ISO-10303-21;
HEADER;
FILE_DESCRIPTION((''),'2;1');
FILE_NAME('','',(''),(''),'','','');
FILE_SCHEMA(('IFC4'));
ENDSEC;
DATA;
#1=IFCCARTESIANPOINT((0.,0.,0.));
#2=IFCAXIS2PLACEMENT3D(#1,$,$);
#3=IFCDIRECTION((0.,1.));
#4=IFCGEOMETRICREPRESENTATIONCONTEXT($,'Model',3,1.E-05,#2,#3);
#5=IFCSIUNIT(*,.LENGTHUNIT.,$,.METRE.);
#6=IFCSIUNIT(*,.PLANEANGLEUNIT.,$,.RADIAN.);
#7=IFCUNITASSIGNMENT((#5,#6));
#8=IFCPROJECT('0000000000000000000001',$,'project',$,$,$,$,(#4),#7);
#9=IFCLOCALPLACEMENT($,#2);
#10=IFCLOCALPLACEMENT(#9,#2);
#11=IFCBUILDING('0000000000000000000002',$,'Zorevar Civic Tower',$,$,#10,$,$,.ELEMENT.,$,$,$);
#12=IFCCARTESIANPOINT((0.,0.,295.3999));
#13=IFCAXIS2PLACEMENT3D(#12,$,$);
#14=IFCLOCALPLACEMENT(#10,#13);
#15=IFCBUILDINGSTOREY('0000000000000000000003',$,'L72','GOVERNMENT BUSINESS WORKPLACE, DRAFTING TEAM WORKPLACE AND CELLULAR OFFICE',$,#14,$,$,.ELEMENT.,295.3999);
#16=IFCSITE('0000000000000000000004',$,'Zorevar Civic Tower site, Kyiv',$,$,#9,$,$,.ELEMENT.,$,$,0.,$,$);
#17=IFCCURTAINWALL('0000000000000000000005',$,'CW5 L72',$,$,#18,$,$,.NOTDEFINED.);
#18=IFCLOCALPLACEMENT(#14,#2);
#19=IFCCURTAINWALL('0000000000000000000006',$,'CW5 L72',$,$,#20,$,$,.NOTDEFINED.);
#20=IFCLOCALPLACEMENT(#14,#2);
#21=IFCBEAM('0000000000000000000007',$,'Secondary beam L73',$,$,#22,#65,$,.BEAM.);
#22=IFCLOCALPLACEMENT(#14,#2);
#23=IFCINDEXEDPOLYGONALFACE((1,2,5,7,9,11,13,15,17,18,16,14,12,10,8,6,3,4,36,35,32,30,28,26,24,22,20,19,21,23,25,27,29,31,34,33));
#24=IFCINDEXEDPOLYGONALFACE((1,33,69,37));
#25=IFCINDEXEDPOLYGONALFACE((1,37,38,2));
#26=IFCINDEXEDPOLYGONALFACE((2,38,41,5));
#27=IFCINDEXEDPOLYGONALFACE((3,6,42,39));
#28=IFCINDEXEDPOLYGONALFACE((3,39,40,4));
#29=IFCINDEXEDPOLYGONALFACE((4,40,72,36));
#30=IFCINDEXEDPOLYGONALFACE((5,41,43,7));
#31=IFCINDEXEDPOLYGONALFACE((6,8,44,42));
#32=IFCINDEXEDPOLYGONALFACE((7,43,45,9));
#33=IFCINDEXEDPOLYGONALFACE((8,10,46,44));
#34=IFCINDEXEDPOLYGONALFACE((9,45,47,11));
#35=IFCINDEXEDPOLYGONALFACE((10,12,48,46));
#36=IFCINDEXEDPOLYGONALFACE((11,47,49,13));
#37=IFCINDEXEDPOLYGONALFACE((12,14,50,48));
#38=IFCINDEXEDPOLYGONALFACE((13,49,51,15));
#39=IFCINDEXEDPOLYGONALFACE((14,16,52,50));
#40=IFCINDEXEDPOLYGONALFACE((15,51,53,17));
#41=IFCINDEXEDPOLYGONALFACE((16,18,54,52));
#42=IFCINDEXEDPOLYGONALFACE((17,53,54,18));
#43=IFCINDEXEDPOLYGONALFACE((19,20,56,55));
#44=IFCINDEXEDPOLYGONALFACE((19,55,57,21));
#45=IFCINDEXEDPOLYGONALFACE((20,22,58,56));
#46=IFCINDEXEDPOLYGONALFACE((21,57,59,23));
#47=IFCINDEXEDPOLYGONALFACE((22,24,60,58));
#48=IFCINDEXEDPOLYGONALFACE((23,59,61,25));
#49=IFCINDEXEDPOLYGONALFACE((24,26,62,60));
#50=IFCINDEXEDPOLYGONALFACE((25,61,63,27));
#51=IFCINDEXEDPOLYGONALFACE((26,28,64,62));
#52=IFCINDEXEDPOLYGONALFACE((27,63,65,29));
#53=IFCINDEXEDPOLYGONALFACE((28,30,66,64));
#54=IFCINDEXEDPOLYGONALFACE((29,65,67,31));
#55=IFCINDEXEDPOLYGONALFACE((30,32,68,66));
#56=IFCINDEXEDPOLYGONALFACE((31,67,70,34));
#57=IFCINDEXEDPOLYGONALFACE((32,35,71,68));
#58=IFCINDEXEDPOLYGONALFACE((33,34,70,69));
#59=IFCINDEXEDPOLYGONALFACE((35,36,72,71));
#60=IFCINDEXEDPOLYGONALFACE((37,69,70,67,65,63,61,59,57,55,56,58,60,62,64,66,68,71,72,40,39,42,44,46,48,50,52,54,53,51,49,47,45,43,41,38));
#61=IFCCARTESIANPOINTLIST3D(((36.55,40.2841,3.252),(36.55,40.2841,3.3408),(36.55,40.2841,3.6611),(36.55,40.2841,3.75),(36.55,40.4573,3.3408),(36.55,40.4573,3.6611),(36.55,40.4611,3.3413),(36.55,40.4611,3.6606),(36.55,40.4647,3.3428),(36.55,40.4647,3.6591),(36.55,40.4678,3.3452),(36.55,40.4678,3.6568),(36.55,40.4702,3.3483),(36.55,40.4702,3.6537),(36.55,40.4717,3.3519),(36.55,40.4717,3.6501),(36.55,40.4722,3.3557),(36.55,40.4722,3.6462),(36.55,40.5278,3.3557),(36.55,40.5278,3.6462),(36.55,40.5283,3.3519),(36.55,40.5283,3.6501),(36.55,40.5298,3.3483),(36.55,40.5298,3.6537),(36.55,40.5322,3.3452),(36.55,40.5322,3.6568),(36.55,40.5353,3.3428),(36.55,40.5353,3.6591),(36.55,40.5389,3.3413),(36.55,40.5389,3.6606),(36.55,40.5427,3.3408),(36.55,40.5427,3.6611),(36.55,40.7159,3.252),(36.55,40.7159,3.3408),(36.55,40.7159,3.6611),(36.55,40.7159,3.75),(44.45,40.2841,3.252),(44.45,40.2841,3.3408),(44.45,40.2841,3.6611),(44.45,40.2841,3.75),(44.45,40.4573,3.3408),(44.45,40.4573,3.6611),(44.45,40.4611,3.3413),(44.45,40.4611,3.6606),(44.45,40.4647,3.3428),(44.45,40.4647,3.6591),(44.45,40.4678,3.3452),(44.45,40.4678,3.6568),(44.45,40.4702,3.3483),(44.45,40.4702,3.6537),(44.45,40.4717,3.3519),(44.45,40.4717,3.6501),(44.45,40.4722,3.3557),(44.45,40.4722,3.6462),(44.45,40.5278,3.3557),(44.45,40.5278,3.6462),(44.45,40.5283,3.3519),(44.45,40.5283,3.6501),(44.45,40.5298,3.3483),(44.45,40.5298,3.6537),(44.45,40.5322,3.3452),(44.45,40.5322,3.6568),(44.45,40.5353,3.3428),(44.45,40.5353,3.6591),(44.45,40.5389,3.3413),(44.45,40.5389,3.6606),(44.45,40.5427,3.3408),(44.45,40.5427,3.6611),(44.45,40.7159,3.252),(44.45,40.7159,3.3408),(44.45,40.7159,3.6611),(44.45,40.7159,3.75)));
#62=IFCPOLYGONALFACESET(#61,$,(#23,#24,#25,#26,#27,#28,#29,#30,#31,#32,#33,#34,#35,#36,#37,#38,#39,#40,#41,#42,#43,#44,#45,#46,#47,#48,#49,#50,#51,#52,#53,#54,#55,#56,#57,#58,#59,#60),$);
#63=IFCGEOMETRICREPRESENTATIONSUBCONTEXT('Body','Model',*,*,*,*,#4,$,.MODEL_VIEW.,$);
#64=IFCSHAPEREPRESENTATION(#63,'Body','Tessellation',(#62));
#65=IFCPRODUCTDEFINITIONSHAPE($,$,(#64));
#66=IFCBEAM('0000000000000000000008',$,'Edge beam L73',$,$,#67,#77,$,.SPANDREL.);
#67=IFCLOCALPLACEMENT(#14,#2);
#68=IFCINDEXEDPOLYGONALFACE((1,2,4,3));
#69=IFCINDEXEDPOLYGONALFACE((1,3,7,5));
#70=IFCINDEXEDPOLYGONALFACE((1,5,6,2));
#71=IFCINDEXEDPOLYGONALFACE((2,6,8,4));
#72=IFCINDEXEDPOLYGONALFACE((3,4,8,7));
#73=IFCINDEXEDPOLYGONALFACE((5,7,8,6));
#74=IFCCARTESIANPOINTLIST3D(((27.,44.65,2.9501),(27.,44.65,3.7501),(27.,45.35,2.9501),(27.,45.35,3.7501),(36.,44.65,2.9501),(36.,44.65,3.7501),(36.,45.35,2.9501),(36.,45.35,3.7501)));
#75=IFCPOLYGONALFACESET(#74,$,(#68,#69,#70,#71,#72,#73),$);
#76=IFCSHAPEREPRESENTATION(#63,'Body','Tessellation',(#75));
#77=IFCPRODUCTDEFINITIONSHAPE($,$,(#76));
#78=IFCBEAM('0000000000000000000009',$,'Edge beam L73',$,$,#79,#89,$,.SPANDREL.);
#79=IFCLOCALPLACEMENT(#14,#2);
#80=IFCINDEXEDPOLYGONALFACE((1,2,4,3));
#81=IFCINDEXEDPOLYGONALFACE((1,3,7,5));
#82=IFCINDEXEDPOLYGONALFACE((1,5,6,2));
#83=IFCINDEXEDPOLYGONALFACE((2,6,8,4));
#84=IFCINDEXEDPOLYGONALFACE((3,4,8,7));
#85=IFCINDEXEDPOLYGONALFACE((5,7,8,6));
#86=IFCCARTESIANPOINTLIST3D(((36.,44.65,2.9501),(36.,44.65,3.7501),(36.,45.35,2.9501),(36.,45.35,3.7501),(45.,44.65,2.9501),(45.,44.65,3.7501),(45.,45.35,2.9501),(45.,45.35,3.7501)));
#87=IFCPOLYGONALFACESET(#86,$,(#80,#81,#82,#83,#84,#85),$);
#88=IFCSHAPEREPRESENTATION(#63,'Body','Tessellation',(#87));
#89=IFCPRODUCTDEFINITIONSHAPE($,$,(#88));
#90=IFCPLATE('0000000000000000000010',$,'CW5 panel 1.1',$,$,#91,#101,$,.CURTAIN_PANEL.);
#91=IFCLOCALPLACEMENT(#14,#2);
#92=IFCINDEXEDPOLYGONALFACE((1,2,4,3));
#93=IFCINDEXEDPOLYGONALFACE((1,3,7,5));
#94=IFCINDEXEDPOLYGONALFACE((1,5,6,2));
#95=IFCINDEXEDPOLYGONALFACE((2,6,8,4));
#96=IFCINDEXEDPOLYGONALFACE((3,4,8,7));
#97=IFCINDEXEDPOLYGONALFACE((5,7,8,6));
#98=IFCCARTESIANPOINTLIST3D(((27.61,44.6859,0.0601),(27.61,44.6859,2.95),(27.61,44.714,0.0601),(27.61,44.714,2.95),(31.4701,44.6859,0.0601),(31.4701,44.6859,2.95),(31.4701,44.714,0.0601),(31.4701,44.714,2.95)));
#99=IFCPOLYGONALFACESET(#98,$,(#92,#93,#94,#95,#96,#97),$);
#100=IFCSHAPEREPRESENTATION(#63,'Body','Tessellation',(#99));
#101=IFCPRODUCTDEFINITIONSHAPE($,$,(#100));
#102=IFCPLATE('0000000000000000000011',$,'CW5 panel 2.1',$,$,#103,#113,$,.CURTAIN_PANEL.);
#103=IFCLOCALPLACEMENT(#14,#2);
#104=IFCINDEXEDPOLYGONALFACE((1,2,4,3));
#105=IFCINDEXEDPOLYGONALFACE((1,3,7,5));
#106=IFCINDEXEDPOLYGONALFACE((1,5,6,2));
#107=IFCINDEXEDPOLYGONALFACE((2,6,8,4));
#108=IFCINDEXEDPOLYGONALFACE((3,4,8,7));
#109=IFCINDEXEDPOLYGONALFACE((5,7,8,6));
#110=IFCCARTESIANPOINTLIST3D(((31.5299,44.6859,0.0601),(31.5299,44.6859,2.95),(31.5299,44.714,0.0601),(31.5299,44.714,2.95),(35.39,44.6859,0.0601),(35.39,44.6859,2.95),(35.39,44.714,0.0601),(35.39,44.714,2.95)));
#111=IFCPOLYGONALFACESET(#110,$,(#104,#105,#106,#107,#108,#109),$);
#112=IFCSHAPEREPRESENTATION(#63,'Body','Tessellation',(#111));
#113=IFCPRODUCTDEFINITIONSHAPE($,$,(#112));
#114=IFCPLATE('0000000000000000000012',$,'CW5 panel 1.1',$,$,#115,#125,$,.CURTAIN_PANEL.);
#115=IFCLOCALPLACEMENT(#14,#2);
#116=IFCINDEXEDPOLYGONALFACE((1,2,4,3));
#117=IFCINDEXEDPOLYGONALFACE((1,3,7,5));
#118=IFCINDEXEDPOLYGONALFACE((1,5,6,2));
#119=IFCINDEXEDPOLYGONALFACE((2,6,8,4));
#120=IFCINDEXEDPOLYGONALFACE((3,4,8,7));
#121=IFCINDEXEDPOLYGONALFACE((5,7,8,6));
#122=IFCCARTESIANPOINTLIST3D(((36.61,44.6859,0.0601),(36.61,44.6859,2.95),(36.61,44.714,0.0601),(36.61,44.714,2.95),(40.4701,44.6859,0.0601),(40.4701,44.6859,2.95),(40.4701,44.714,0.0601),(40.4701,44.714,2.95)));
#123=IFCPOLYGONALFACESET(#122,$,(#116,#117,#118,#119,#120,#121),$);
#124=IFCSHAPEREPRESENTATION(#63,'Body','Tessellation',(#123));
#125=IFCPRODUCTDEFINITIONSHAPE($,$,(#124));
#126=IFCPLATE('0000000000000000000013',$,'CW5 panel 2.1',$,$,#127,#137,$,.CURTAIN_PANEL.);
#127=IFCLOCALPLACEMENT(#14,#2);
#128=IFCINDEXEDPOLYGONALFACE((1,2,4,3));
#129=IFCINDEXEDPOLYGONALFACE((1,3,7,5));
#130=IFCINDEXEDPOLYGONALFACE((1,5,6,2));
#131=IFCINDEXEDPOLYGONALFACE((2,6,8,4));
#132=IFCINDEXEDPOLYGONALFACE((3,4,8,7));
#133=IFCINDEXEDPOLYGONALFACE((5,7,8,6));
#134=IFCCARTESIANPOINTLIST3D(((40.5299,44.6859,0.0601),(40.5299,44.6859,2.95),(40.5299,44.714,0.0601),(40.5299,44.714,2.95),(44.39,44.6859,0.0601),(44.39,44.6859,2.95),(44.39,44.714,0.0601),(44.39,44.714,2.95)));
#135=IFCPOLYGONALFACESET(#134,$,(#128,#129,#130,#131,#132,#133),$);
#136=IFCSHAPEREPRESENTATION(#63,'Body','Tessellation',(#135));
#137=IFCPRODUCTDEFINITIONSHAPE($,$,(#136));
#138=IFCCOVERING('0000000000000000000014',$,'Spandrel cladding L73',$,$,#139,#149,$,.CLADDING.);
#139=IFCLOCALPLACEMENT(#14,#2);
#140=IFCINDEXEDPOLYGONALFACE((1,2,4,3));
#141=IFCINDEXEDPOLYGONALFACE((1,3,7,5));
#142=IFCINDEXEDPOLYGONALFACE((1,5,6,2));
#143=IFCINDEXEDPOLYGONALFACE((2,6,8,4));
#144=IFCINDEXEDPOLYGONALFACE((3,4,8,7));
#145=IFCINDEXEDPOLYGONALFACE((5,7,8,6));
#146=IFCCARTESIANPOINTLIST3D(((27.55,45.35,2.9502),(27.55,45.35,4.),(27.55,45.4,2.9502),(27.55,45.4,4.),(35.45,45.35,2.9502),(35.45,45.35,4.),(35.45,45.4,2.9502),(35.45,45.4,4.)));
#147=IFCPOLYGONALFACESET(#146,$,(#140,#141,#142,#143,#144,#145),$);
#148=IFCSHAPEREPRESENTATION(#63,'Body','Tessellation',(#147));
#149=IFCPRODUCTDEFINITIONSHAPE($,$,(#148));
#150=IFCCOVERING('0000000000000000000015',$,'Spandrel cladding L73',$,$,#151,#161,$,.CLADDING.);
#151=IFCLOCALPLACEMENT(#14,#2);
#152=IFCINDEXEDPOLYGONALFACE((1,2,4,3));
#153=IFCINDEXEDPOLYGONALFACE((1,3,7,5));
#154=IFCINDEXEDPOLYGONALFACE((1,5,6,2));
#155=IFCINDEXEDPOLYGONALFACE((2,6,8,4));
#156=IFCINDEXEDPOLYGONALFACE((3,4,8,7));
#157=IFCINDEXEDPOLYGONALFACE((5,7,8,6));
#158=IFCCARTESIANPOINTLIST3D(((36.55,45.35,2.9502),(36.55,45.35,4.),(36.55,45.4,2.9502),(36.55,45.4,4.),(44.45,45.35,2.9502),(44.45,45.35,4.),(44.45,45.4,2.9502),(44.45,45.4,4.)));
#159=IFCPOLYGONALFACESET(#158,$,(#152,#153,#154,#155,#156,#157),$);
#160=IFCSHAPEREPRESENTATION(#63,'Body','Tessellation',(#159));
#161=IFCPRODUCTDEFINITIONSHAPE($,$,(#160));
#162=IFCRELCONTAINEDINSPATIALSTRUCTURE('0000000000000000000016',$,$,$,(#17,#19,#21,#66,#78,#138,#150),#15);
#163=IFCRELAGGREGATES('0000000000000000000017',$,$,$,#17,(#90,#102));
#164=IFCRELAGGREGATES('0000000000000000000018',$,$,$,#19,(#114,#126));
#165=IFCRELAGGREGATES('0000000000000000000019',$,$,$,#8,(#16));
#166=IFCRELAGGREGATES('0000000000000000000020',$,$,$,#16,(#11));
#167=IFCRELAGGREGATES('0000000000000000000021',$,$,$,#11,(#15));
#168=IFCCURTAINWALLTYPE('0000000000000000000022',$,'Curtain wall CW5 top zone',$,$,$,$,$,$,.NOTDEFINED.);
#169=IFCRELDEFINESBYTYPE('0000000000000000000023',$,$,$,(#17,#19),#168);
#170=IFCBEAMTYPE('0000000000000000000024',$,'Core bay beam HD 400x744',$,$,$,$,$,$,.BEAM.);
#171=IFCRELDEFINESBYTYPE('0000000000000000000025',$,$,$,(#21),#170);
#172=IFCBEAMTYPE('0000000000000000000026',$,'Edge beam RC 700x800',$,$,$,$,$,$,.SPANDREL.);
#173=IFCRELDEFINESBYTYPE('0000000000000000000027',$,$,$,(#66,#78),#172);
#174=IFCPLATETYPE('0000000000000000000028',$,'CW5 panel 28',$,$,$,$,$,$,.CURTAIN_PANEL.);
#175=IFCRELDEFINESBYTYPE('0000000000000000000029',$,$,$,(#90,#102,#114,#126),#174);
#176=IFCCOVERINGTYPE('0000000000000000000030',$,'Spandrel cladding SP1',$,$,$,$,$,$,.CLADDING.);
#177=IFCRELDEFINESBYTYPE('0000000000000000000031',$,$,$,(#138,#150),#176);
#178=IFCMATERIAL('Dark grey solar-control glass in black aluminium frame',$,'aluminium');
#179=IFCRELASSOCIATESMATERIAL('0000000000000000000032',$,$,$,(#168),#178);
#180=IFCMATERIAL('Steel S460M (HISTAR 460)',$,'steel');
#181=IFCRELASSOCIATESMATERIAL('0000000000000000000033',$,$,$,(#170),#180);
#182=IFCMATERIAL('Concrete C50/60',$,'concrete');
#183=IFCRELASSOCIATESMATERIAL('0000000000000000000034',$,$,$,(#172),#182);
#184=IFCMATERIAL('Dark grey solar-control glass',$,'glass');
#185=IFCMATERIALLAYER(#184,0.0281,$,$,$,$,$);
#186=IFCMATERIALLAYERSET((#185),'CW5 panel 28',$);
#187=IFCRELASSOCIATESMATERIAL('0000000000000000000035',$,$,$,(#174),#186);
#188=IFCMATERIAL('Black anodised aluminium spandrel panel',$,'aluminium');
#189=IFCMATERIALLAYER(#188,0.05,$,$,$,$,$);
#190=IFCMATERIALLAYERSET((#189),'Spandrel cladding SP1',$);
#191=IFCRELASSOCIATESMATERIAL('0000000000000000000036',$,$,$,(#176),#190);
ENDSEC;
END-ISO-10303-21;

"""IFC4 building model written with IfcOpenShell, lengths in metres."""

from ifc_helpers import new_model, si_unit, direction, frame, frame_2d, origin, origin_2d, place, context, subcontext, project, spatial, rectangle, i_section, extrude, material, layer, layer_set, material_profile, profile_set, type_object, element, aggregate, save


model = new_model("IFC4")

# Units and contexts
model_context = context("Model", 3, precision=1e-05, world=origin(), true_north=direction((0.0, 1.0)))
body_context = subcontext(model_context, "Body", "Model", "MODEL_VIEW")
ifc_project = project(units=[si_unit("LENGTHUNIT", "METRE"), si_unit("PLANEANGLEUNIT", "RADIAN")], contexts=[model_context])

# Site, building, storey
site_placement = place(None, origin())
site = spatial("IfcSite", under=ifc_project, at=site_placement, Name="Zorevar Civic Tower site, Kyiv", CompositionType="ELEMENT", RefElevation=0.0)
building_placement = place(site_placement, origin())
building = spatial("IfcBuilding", under=site, at=building_placement, Name="Zorevar Civic Tower", CompositionType="ELEMENT")
storey_placement = place(building_placement, frame((0.0, 0.0, 295.3999)))
storey = spatial("IfcBuildingStorey", under=building, at=storey_placement, Name="L72", Description="GOVERNMENT BUSINESS WORKPLACE, DRAFTING TEAM WORKPLACE AND CELLULAR OFFICE", CompositionType="ELEMENT", Elevation=295.3999)

# Curtain walls
ifc_material_1 = material(Name="Dark grey solar-control glass in black aluminium frame", Category="aluminium")
curtain_wall_type = type_object("IfcCurtainWallType", Name="Curtain wall CW5 top zone", PredefinedType="NOTDEFINED", material=ifc_material_1)
curtain_wall_1_placement = place(storey_placement, origin())
curtain_wall_1 = element("IfcCurtainWall", 1, at=curtain_wall_1_placement, inside=storey, type_object=curtain_wall_type, Name="CW5 L72", PredefinedType="NOTDEFINED")
curtain_wall_2_placement = place(storey_placement, origin())
curtain_wall_2 = element("IfcCurtainWall", 2, at=curtain_wall_2_placement, inside=storey, type_object=curtain_wall_type, Name="CW5 L72", PredefinedType="NOTDEFINED")

# Beams
ifc_material_2 = material(Name="Steel S460M (HISTAR 460)", Category="steel")
ifc_material_profile_1 = material_profile(ifc_material_2, i_section(OverallWidth=0.4319, OverallDepth=0.498, WebThickness=0.0557, FlangeThickness=0.0889, FilletRadius=0.0149, at=origin_2d()), Name="HD 400x744")
ifc_profile_set_1 = profile_set([ifc_material_profile_1], Name="Steel S460M (HISTAR 460)")
beam_type_1 = type_object("IfcBeamType", Name="Core bay beam HD 400x744", PredefinedType="BEAM", material=ifc_profile_set_1)
beam_placement = place(storey_placement, frame((36.55, 40.5, 3.501), z_axis=(1.0, 0.0, 0.0), x_axis=(0.0, 1.0, 0.0)))
element("IfcBeam", 3, at=beam_placement, inside=storey, type_object=beam_type_1, Name="Secondary beam L73", PredefinedType="BEAM", context=body_context, shape_type="SweptSolid", body=[
    extrude(i_section(OverallWidth=0.4319, OverallDepth=0.498, WebThickness=0.0557, FlangeThickness=0.0889, FilletRadius=0.0149, at=origin_2d()), origin(), (0.0, 0.0, 1.0), 7.8999),
])
ifc_material_3 = material(Name="Concrete C50/60", Category="concrete")
ifc_material_profile_2 = material_profile(ifc_material_3, rectangle(XDim=0.7, YDim=0.8, at=origin_2d()), Name="RC 700x800")
ifc_profile_set_2 = profile_set([ifc_material_profile_2], Name="Concrete C50/60")
beam_type_2 = type_object("IfcBeamType", Name="Edge beam RC 700x800", PredefinedType="SPANDREL", material=ifc_profile_set_2)
for number, where, z_axis, x_axis, name in (
    (4, (27.0, 45.0, 3.3501), (1.0, 0.0, 0.0), (0.0, 1.0, 0.0), "Edge beam L73"),
    (5, (36.0, 45.0, 3.3501), (1.0, 0.0, 0.0), (0.0, 1.0, 0.0), "Edge beam L73"),
):
    element("IfcBeam", number, at=place(storey_placement, frame(where, z_axis=z_axis, x_axis=x_axis)), inside=storey, type_object=beam_type_2, Name=name, PredefinedType="SPANDREL", context=body_context, shape_type="SweptSolid", body=[
        extrude(rectangle(XDim=0.7, YDim=0.8, at=origin_2d()), origin(), (0.0, 0.0, 1.0), 9.0),
    ])

# Plates
ifc_material_4 = material(Name="Dark grey solar-control glass", Category="glass")
ifc_layer_1 = layer(ifc_material_4, 0.0281)
ifc_layer_set_1 = layer_set([ifc_layer_1], Name="CW5 panel 28")
plate_type = type_object("IfcPlateType", Name="CW5 panel 28", PredefinedType="CURTAIN_PANEL", material=ifc_layer_set_1)
plate_1_placement = place(storey_placement, frame((29.54, 44.7, 0.0601), z_axis=(0.0, 0.0, 1.0), x_axis=(1.0, 0.0, 0.0)))
plate_1 = element("IfcPlate", 6, at=plate_1_placement, type_object=plate_type, Name="CW5 panel 1.1", PredefinedType="CURTAIN_PANEL", context=body_context, shape_type="SweptSolid", body=[
    extrude(rectangle(XDim=3.8601, YDim=0.0281, at=origin_2d()), origin(), (0.0, 0.0, 1.0), 2.8899),
])
plate_2_placement = place(storey_placement, frame((33.46, 44.7, 0.0601), z_axis=(0.0, 0.0, 1.0), x_axis=(1.0, 0.0, 0.0)))
plate_2 = element("IfcPlate", 7, at=plate_2_placement, type_object=plate_type, Name="CW5 panel 2.1", PredefinedType="CURTAIN_PANEL", context=body_context, shape_type="SweptSolid", body=[
    extrude(rectangle(XDim=3.8601, YDim=0.0281, at=origin_2d()), origin(), (0.0, 0.0, 1.0), 2.8899),
])
aggregate(curtain_wall_1, [plate_1, plate_2])
plate_3_placement = place(storey_placement, frame((38.54, 44.7, 0.0601), z_axis=(0.0, 0.0, 1.0), x_axis=(1.0, 0.0, 0.0)))
plate_3 = element("IfcPlate", 8, at=plate_3_placement, type_object=plate_type, Name="CW5 panel 1.1", PredefinedType="CURTAIN_PANEL", context=body_context, shape_type="SweptSolid", body=[
    extrude(rectangle(XDim=3.8601, YDim=0.0281, at=origin_2d()), origin(), (0.0, 0.0, 1.0), 2.8899),
])
plate_4_placement = place(storey_placement, frame((42.46, 44.7, 0.0601), z_axis=(0.0, 0.0, 1.0), x_axis=(1.0, 0.0, 0.0)))
plate_4 = element("IfcPlate", 9, at=plate_4_placement, type_object=plate_type, Name="CW5 panel 2.1", PredefinedType="CURTAIN_PANEL", context=body_context, shape_type="SweptSolid", body=[
    extrude(rectangle(XDim=3.8601, YDim=0.0281, at=origin_2d()), origin(), (0.0, 0.0, 1.0), 2.8899),
])
aggregate(curtain_wall_2, [plate_3, plate_4])

# Coverings
ifc_material_5 = material(Name="Black anodised aluminium spandrel panel", Category="aluminium")
ifc_layer_2 = layer(ifc_material_5, 0.05)
ifc_layer_set_2 = layer_set([ifc_layer_2], Name="Spandrel cladding SP1")
covering_type = type_object("IfcCoveringType", Name="Spandrel cladding SP1", PredefinedType="CLADDING", material=ifc_layer_set_2)
for number, where, z_axis, x_axis, name in (
    (10, (27.55, 45.375, 2.9502), (0.0, 0.0, 1.0), (1.0, 0.0, 0.0), "Spandrel cladding L73"),
    (11, (36.55, 45.375, 2.9502), (0.0, 0.0, 1.0), (1.0, 0.0, 0.0), "Spandrel cladding L73"),
):
    element("IfcCovering", number, at=place(storey_placement, frame(where, z_axis=z_axis, x_axis=x_axis)), inside=storey, type_object=covering_type, Name=name, PredefinedType="CLADDING", context=body_context, shape_type="SweptSolid", body=[
        extrude(rectangle(XDim=7.8999, YDim=0.05, at=frame_2d((3.95, 0.0))), origin(), (0.0, 0.0, 1.0), 1.0498),
    ])

save(model, "model.ifc")
